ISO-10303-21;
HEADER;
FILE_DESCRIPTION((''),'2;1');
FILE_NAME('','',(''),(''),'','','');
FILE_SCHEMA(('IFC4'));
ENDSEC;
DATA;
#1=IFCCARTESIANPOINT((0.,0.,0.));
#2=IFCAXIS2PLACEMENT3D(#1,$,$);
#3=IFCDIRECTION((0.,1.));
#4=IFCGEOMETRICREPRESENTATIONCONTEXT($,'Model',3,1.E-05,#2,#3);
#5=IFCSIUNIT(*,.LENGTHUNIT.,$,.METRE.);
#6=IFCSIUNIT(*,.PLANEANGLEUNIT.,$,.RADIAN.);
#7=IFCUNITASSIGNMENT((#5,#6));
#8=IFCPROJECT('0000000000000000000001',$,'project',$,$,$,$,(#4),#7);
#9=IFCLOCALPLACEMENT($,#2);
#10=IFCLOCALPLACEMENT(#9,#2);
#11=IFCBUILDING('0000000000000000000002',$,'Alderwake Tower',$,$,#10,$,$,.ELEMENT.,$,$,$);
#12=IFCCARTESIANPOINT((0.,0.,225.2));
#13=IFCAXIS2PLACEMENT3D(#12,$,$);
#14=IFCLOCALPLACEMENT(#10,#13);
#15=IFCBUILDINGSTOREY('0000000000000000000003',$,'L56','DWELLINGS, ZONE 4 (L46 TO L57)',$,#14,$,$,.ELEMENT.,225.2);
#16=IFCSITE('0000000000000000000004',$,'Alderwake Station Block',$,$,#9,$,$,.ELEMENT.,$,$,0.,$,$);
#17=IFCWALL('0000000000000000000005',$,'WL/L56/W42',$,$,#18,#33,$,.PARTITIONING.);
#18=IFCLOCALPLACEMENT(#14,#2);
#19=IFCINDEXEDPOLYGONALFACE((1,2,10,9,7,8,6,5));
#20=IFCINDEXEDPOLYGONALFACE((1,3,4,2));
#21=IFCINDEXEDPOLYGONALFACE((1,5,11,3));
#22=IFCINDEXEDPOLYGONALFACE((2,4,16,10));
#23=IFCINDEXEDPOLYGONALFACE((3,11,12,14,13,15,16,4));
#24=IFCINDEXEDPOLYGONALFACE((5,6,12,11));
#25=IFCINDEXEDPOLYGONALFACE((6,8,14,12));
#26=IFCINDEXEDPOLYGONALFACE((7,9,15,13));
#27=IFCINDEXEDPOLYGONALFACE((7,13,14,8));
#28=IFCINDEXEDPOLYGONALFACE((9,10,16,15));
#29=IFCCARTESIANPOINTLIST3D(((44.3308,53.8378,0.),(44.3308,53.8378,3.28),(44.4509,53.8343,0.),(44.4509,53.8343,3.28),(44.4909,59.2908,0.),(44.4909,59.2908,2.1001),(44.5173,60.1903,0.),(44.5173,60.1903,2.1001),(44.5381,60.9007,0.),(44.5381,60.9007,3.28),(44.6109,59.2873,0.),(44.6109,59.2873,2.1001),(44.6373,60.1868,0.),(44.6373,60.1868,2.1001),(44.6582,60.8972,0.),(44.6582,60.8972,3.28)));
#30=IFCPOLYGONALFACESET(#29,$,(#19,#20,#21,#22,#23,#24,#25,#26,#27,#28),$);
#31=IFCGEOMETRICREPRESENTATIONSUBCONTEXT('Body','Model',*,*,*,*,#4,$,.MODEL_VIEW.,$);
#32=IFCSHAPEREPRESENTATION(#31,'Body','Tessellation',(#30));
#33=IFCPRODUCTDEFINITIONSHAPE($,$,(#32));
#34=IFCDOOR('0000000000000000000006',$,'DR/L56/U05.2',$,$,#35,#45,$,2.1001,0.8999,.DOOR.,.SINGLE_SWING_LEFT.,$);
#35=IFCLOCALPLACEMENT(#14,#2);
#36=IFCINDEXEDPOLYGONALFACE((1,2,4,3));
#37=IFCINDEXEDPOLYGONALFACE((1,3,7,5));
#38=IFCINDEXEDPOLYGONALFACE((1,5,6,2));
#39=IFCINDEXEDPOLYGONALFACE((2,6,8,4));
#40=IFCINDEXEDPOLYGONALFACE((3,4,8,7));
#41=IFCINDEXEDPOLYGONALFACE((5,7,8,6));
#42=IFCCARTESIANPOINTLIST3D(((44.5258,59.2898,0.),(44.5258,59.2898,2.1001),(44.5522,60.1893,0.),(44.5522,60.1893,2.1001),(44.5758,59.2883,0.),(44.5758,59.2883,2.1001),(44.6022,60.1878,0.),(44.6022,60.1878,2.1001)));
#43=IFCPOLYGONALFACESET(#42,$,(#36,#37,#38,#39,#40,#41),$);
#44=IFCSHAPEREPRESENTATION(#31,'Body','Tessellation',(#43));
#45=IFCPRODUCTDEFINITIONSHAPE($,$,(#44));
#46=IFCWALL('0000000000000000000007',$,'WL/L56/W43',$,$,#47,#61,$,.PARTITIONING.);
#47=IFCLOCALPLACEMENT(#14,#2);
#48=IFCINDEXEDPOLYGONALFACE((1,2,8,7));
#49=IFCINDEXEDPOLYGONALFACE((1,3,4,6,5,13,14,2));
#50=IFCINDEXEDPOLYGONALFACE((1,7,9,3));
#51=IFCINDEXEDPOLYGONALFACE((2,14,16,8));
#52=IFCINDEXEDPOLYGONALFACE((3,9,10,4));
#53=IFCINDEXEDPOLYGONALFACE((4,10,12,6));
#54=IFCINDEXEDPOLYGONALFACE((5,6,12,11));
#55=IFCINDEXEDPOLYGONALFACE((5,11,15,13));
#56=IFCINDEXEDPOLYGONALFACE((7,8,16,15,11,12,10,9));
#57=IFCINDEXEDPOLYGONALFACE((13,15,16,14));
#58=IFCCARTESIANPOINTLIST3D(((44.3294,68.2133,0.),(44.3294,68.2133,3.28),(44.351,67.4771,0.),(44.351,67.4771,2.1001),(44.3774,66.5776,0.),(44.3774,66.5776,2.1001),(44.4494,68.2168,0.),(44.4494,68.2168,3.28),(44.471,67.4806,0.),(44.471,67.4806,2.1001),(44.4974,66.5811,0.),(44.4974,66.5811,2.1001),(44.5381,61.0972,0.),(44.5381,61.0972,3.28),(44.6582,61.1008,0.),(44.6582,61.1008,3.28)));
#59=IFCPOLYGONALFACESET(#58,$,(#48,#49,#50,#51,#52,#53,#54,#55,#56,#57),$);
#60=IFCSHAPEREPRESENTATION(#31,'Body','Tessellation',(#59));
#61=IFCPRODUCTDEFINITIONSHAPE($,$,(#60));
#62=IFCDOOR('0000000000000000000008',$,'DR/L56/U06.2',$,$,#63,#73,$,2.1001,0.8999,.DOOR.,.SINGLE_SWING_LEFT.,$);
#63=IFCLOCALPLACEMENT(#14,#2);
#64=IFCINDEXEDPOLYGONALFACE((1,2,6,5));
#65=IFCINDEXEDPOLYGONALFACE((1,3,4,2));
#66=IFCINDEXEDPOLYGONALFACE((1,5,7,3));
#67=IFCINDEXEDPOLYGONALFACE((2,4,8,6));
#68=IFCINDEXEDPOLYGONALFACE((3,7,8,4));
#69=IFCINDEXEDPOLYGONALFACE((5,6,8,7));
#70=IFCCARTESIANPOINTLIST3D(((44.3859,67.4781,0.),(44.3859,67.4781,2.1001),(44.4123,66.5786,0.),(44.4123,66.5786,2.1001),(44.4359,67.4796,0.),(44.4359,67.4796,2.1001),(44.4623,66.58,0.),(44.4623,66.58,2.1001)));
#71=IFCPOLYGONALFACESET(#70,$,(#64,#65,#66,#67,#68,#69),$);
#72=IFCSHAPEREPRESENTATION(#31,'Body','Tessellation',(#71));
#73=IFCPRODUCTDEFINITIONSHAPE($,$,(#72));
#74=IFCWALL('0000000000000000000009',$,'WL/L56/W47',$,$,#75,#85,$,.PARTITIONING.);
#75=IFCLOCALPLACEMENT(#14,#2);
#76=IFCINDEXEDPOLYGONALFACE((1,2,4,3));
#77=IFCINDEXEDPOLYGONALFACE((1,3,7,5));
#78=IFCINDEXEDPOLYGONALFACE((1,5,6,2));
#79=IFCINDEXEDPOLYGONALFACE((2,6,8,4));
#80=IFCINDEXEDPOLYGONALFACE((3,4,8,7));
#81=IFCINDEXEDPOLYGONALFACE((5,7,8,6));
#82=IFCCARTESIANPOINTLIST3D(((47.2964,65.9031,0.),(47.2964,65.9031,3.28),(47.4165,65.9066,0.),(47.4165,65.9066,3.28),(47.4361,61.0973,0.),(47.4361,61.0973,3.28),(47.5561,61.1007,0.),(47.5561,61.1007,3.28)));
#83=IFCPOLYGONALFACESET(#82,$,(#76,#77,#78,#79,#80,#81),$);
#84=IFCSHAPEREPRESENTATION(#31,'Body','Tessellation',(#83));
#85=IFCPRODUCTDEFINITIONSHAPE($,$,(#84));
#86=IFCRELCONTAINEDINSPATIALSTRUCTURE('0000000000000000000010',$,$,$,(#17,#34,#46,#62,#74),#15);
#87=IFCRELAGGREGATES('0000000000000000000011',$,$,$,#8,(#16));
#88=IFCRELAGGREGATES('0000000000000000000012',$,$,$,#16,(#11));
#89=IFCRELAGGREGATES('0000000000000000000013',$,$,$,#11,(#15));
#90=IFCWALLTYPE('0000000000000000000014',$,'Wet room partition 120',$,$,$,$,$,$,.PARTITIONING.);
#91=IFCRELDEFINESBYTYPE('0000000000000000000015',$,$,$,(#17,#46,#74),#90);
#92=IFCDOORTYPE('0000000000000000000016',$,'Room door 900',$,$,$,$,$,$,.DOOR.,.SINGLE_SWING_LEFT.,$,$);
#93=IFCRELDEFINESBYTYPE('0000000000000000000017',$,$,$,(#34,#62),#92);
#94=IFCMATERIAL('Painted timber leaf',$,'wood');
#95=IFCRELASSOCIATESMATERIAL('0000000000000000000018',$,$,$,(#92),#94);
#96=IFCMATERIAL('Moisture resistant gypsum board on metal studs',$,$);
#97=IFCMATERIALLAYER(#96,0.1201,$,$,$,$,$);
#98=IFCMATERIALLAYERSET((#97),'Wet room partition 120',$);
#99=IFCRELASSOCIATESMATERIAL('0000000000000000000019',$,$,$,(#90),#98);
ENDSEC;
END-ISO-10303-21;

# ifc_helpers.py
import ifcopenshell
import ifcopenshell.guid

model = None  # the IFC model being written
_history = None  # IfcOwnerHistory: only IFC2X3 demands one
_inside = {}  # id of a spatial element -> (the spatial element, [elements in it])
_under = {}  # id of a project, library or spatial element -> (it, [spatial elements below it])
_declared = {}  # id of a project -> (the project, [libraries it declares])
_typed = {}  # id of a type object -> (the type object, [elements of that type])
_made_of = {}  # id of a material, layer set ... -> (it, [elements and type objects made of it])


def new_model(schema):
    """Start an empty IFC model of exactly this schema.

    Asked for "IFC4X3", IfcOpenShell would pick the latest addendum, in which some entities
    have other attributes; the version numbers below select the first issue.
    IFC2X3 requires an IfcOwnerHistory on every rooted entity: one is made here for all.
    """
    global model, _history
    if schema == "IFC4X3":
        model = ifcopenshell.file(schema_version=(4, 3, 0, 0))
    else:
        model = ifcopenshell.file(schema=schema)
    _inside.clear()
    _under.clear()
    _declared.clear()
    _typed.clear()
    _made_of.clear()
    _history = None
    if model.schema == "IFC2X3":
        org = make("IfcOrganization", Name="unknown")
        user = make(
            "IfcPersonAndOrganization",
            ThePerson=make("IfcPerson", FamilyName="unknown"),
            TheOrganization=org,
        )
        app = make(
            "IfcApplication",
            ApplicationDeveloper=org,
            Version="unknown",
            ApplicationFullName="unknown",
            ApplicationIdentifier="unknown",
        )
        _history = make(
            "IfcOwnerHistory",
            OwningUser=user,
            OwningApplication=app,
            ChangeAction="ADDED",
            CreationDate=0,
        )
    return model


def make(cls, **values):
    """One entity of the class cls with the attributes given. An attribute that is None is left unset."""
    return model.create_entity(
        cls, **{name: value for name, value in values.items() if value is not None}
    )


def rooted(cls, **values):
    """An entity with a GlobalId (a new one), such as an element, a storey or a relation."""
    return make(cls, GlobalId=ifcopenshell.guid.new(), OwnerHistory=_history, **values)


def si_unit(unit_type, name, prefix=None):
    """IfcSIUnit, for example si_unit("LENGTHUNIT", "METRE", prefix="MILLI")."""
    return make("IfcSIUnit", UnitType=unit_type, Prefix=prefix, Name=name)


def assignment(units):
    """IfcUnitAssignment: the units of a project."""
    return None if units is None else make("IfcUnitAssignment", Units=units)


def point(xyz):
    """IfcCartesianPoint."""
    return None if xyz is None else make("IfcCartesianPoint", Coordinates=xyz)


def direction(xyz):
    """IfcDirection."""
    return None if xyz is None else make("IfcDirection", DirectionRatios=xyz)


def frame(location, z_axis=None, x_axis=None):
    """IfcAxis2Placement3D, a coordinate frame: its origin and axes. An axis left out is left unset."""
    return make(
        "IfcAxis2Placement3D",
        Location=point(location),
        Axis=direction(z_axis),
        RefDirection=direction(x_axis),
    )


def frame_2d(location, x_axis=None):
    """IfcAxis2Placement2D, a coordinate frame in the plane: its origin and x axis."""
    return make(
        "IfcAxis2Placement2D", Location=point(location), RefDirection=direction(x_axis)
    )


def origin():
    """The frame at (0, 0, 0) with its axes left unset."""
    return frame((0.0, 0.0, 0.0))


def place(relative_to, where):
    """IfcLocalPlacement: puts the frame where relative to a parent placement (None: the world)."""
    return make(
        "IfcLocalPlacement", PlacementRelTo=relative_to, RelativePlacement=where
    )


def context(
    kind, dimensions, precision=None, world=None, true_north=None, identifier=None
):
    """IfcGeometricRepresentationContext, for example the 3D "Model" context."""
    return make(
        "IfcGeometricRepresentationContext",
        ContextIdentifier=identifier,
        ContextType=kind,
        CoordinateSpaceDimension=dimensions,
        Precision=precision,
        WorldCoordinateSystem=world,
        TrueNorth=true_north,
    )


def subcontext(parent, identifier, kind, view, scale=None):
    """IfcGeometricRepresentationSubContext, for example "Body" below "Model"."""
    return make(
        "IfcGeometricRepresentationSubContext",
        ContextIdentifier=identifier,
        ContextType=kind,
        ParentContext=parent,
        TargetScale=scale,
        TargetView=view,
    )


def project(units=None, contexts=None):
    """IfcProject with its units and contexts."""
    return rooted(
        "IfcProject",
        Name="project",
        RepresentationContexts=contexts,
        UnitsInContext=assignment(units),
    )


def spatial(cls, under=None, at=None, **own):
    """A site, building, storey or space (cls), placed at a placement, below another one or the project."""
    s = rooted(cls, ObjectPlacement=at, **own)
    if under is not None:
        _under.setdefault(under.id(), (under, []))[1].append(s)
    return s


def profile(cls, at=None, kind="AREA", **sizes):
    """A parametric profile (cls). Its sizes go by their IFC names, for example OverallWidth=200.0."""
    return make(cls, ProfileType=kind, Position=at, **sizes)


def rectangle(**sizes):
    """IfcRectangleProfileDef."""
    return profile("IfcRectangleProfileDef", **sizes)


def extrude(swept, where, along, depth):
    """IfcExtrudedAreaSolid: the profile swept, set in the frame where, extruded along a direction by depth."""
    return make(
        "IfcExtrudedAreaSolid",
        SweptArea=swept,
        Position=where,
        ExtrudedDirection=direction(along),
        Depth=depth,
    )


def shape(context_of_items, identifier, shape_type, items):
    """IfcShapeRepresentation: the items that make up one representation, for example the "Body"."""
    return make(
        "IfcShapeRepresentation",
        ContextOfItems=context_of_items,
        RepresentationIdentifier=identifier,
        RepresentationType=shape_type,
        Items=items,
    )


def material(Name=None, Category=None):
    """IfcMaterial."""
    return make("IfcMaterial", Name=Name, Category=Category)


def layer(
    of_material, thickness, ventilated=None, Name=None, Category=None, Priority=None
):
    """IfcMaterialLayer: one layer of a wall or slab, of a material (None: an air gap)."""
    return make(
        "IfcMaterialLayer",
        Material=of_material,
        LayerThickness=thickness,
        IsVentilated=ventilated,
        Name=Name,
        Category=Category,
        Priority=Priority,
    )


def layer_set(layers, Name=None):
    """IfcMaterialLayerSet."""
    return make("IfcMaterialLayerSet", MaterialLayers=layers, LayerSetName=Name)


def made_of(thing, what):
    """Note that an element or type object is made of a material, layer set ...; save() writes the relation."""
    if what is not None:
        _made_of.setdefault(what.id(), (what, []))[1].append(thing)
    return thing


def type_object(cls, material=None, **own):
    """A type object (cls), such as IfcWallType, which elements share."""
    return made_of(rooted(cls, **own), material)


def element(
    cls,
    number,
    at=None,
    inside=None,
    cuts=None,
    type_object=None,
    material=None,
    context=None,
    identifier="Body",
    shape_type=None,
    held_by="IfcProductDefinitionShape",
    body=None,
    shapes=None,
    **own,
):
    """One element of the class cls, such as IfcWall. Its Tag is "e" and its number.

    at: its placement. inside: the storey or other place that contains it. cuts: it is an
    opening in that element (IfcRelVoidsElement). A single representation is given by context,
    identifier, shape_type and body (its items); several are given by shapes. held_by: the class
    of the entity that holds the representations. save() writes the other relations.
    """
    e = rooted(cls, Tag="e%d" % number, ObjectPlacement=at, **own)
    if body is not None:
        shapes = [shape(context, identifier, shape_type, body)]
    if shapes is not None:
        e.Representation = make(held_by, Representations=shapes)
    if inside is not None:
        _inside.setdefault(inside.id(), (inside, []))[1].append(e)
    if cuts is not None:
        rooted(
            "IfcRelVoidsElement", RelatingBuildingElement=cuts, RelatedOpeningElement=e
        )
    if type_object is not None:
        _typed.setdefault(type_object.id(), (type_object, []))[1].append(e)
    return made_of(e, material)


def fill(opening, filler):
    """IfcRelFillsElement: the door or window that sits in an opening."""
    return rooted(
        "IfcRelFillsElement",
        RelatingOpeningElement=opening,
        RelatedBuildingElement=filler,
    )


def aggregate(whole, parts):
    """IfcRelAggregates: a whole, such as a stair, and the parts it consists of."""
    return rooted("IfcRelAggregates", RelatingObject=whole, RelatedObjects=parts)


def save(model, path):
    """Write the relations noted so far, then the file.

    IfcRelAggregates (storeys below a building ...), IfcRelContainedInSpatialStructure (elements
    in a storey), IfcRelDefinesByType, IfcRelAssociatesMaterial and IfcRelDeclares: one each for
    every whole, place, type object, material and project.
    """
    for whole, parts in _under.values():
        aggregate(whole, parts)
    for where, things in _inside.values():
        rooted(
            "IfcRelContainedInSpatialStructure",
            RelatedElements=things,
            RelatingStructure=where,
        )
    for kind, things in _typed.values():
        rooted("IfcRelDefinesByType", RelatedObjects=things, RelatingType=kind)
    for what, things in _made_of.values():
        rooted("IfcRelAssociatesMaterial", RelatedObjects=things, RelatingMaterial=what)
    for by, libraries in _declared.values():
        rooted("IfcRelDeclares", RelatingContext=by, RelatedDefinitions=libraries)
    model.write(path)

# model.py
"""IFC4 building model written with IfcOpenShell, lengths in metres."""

from ifc_helpers import new_model, si_unit, direction, frame, frame_2d, origin, place, context, subcontext, project, spatial, rectangle, extrude, material, layer, layer_set, type_object, element, fill, save


model = new_model("IFC4")

# Units and contexts
model_context = context("Model", 3, precision=1e-05, world=origin(), true_north=direction((0.0, 1.0)))
body_context = subcontext(model_context, "Body", "Model", "MODEL_VIEW")
ifc_project = project(units=[si_unit("LENGTHUNIT", "METRE"), si_unit("PLANEANGLEUNIT", "RADIAN")], contexts=[model_context])

# Site, building, storey
site_placement = place(None, origin())
site = spatial("IfcSite", under=ifc_project, at=site_placement, Name="Alderwake Station Block", CompositionType="ELEMENT", RefElevation=0.0)
building_placement = place(site_placement, origin())
building = spatial("IfcBuilding", under=site, at=building_placement, Name="Alderwake Tower", CompositionType="ELEMENT")
storey_placement = place(building_placement, frame((0.0, 0.0, 225.2)))
storey = spatial("IfcBuildingStorey", under=building, at=storey_placement, Name="L56", Description="DWELLINGS, ZONE 4 (L46 TO L57)", CompositionType="ELEMENT", Elevation=225.2)

# Shared definitions
ifc_material_1 = material(Name="Painted timber leaf", Category="wood")
door_type_1 = type_object("IfcDoorType", Name="Room door 900", OperationType="SINGLE_SWING_LEFT", PredefinedType="DOOR", material=ifc_material_1)

# Shared definitions
ifc_material_2 = material(Name="Moisture resistant gypsum board on metal studs")
ifc_layer_1 = layer(ifc_material_2, 0.1201)
ifc_layer_set_1 = layer_set([ifc_layer_1], Name="Wet room partition 120")
wall_type_1 = type_object("IfcWallType", Name="Wet room partition 120", PredefinedType="PARTITIONING", material=ifc_layer_set_1)

# Walls, openings, doors
wall_1_placement = place(storey_placement, frame((44.5981, 60.8989, 0.0), z_axis=(0.0, 0.0, 1.0), x_axis=(-0.029334, -0.99957, 0.0)))
wall_1 = element("IfcWall", 1, at=wall_1_placement, inside=storey, type_object=wall_type_1, Name="WL/L56/W42", PredefinedType="PARTITIONING", context=body_context, shape_type="SweptSolid", body=[
    extrude(rectangle(XDim=7.0659, YDim=0.1201, at=frame_2d((3.533, 0.0))), origin(), (0.0, 0.0, 1.0), 3.28),
])
opening_1_placement = place(wall_1_placement, frame((0.7107, 0.0, 0.0)))
opening_1 = element("IfcOpeningElement", 2, at=opening_1_placement, cuts=wall_1, PredefinedType="OPENING", context=body_context, shape_type="SweptSolid", body=[
    extrude(rectangle(XDim=0.8999, YDim=2.1001, at=frame_2d((0.45, 1.05))), frame((0.0, 0.0701, 0.0), z_axis=(0.0, -1.0, 0.0), x_axis=(1.0, 0.0, 0.0)), (0.0, 0.0, 1.0), 0.1401),
])
door_1_placement = place(opening_1_placement, origin())
door_1 = element("IfcDoor", 3, at=door_1_placement, inside=storey, type_object=door_type_1, Name="DR/L56/U05.2", OperationType="SINGLE_SWING_LEFT", OverallHeight=2.1001, OverallWidth=0.8999, PredefinedType="DOOR", context=body_context, shape_type="SweptSolid", body=[
    extrude(rectangle(XDim=0.8999, YDim=2.1001, at=frame_2d((0.45, 1.05))), frame((0.0, 0.0249, 0.0), z_axis=(0.0, -1.0, 0.0), x_axis=(1.0, 0.0, 0.0)), (0.0, 0.0, 1.0), 0.05),
])
fill(opening_1, door_1)
wall_2_placement = place(storey_placement, frame((44.3894, 68.2151, 0.0), z_axis=(0.0, 0.0, 1.0), x_axis=(0.029321, -0.99957, 0.0)))
wall_2 = element("IfcWall", 4, at=wall_2_placement, inside=storey, type_object=wall_type_1, Name="WL/L56/W43", PredefinedType="PARTITIONING", context=body_context, shape_type="SweptSolid", body=[
    extrude(rectangle(XDim=7.1191, YDim=0.1201, at=frame_2d((3.5596, 0.0))), origin(), (0.0, 0.0, 1.0), 3.28),
])
opening_2_placement = place(wall_2_placement, frame((0.7366, 0.0, 0.0)))
opening_2 = element("IfcOpeningElement", 5, at=opening_2_placement, cuts=wall_2, PredefinedType="OPENING", context=body_context, shape_type="SweptSolid", body=[
    extrude(rectangle(XDim=0.8999, YDim=2.1001, at=frame_2d((0.45, 1.05))), frame((0.0, 0.0701, 0.0), z_axis=(0.0, -1.0, 0.0), x_axis=(1.0, 0.0, 0.0)), (0.0, 0.0, 1.0), 0.1401),
])
door_2_placement = place(opening_2_placement, origin())
door_2 = element("IfcDoor", 6, at=door_2_placement, inside=storey, type_object=door_type_1, Name="DR/L56/U06.2", OperationType="SINGLE_SWING_LEFT", OverallHeight=2.1001, OverallWidth=0.8999, PredefinedType="DOOR", context=body_context, shape_type="SweptSolid", body=[
    extrude(rectangle(XDim=0.8999, YDim=2.1001, at=frame_2d((0.45, 1.05))), frame((0.0, 0.0249, 0.0), z_axis=(0.0, -1.0, 0.0), x_axis=(1.0, 0.0, 0.0)), (0.0, 0.0, 1.0), 0.05),
])
fill(opening_2, door_2)

# Wall
wall_3_placement = place(storey_placement, frame((47.4961, 61.0991, 0.0), z_axis=(0.0, 0.0, 1.0), x_axis=(-0.029045, 0.999578, 0.0)))
element("IfcWall", 7, at=wall_3_placement, inside=storey, type_object=wall_type_1, Name="WL/L56/W47", PredefinedType="PARTITIONING", context=body_context, shape_type="SweptSolid", body=[
    extrude(rectangle(XDim=4.8079, YDim=0.1201, at=frame_2d((2.4038, 0.0))), origin(), (0.0, 0.0, 1.0), 3.28),
])

save(model, "model.ifc")
